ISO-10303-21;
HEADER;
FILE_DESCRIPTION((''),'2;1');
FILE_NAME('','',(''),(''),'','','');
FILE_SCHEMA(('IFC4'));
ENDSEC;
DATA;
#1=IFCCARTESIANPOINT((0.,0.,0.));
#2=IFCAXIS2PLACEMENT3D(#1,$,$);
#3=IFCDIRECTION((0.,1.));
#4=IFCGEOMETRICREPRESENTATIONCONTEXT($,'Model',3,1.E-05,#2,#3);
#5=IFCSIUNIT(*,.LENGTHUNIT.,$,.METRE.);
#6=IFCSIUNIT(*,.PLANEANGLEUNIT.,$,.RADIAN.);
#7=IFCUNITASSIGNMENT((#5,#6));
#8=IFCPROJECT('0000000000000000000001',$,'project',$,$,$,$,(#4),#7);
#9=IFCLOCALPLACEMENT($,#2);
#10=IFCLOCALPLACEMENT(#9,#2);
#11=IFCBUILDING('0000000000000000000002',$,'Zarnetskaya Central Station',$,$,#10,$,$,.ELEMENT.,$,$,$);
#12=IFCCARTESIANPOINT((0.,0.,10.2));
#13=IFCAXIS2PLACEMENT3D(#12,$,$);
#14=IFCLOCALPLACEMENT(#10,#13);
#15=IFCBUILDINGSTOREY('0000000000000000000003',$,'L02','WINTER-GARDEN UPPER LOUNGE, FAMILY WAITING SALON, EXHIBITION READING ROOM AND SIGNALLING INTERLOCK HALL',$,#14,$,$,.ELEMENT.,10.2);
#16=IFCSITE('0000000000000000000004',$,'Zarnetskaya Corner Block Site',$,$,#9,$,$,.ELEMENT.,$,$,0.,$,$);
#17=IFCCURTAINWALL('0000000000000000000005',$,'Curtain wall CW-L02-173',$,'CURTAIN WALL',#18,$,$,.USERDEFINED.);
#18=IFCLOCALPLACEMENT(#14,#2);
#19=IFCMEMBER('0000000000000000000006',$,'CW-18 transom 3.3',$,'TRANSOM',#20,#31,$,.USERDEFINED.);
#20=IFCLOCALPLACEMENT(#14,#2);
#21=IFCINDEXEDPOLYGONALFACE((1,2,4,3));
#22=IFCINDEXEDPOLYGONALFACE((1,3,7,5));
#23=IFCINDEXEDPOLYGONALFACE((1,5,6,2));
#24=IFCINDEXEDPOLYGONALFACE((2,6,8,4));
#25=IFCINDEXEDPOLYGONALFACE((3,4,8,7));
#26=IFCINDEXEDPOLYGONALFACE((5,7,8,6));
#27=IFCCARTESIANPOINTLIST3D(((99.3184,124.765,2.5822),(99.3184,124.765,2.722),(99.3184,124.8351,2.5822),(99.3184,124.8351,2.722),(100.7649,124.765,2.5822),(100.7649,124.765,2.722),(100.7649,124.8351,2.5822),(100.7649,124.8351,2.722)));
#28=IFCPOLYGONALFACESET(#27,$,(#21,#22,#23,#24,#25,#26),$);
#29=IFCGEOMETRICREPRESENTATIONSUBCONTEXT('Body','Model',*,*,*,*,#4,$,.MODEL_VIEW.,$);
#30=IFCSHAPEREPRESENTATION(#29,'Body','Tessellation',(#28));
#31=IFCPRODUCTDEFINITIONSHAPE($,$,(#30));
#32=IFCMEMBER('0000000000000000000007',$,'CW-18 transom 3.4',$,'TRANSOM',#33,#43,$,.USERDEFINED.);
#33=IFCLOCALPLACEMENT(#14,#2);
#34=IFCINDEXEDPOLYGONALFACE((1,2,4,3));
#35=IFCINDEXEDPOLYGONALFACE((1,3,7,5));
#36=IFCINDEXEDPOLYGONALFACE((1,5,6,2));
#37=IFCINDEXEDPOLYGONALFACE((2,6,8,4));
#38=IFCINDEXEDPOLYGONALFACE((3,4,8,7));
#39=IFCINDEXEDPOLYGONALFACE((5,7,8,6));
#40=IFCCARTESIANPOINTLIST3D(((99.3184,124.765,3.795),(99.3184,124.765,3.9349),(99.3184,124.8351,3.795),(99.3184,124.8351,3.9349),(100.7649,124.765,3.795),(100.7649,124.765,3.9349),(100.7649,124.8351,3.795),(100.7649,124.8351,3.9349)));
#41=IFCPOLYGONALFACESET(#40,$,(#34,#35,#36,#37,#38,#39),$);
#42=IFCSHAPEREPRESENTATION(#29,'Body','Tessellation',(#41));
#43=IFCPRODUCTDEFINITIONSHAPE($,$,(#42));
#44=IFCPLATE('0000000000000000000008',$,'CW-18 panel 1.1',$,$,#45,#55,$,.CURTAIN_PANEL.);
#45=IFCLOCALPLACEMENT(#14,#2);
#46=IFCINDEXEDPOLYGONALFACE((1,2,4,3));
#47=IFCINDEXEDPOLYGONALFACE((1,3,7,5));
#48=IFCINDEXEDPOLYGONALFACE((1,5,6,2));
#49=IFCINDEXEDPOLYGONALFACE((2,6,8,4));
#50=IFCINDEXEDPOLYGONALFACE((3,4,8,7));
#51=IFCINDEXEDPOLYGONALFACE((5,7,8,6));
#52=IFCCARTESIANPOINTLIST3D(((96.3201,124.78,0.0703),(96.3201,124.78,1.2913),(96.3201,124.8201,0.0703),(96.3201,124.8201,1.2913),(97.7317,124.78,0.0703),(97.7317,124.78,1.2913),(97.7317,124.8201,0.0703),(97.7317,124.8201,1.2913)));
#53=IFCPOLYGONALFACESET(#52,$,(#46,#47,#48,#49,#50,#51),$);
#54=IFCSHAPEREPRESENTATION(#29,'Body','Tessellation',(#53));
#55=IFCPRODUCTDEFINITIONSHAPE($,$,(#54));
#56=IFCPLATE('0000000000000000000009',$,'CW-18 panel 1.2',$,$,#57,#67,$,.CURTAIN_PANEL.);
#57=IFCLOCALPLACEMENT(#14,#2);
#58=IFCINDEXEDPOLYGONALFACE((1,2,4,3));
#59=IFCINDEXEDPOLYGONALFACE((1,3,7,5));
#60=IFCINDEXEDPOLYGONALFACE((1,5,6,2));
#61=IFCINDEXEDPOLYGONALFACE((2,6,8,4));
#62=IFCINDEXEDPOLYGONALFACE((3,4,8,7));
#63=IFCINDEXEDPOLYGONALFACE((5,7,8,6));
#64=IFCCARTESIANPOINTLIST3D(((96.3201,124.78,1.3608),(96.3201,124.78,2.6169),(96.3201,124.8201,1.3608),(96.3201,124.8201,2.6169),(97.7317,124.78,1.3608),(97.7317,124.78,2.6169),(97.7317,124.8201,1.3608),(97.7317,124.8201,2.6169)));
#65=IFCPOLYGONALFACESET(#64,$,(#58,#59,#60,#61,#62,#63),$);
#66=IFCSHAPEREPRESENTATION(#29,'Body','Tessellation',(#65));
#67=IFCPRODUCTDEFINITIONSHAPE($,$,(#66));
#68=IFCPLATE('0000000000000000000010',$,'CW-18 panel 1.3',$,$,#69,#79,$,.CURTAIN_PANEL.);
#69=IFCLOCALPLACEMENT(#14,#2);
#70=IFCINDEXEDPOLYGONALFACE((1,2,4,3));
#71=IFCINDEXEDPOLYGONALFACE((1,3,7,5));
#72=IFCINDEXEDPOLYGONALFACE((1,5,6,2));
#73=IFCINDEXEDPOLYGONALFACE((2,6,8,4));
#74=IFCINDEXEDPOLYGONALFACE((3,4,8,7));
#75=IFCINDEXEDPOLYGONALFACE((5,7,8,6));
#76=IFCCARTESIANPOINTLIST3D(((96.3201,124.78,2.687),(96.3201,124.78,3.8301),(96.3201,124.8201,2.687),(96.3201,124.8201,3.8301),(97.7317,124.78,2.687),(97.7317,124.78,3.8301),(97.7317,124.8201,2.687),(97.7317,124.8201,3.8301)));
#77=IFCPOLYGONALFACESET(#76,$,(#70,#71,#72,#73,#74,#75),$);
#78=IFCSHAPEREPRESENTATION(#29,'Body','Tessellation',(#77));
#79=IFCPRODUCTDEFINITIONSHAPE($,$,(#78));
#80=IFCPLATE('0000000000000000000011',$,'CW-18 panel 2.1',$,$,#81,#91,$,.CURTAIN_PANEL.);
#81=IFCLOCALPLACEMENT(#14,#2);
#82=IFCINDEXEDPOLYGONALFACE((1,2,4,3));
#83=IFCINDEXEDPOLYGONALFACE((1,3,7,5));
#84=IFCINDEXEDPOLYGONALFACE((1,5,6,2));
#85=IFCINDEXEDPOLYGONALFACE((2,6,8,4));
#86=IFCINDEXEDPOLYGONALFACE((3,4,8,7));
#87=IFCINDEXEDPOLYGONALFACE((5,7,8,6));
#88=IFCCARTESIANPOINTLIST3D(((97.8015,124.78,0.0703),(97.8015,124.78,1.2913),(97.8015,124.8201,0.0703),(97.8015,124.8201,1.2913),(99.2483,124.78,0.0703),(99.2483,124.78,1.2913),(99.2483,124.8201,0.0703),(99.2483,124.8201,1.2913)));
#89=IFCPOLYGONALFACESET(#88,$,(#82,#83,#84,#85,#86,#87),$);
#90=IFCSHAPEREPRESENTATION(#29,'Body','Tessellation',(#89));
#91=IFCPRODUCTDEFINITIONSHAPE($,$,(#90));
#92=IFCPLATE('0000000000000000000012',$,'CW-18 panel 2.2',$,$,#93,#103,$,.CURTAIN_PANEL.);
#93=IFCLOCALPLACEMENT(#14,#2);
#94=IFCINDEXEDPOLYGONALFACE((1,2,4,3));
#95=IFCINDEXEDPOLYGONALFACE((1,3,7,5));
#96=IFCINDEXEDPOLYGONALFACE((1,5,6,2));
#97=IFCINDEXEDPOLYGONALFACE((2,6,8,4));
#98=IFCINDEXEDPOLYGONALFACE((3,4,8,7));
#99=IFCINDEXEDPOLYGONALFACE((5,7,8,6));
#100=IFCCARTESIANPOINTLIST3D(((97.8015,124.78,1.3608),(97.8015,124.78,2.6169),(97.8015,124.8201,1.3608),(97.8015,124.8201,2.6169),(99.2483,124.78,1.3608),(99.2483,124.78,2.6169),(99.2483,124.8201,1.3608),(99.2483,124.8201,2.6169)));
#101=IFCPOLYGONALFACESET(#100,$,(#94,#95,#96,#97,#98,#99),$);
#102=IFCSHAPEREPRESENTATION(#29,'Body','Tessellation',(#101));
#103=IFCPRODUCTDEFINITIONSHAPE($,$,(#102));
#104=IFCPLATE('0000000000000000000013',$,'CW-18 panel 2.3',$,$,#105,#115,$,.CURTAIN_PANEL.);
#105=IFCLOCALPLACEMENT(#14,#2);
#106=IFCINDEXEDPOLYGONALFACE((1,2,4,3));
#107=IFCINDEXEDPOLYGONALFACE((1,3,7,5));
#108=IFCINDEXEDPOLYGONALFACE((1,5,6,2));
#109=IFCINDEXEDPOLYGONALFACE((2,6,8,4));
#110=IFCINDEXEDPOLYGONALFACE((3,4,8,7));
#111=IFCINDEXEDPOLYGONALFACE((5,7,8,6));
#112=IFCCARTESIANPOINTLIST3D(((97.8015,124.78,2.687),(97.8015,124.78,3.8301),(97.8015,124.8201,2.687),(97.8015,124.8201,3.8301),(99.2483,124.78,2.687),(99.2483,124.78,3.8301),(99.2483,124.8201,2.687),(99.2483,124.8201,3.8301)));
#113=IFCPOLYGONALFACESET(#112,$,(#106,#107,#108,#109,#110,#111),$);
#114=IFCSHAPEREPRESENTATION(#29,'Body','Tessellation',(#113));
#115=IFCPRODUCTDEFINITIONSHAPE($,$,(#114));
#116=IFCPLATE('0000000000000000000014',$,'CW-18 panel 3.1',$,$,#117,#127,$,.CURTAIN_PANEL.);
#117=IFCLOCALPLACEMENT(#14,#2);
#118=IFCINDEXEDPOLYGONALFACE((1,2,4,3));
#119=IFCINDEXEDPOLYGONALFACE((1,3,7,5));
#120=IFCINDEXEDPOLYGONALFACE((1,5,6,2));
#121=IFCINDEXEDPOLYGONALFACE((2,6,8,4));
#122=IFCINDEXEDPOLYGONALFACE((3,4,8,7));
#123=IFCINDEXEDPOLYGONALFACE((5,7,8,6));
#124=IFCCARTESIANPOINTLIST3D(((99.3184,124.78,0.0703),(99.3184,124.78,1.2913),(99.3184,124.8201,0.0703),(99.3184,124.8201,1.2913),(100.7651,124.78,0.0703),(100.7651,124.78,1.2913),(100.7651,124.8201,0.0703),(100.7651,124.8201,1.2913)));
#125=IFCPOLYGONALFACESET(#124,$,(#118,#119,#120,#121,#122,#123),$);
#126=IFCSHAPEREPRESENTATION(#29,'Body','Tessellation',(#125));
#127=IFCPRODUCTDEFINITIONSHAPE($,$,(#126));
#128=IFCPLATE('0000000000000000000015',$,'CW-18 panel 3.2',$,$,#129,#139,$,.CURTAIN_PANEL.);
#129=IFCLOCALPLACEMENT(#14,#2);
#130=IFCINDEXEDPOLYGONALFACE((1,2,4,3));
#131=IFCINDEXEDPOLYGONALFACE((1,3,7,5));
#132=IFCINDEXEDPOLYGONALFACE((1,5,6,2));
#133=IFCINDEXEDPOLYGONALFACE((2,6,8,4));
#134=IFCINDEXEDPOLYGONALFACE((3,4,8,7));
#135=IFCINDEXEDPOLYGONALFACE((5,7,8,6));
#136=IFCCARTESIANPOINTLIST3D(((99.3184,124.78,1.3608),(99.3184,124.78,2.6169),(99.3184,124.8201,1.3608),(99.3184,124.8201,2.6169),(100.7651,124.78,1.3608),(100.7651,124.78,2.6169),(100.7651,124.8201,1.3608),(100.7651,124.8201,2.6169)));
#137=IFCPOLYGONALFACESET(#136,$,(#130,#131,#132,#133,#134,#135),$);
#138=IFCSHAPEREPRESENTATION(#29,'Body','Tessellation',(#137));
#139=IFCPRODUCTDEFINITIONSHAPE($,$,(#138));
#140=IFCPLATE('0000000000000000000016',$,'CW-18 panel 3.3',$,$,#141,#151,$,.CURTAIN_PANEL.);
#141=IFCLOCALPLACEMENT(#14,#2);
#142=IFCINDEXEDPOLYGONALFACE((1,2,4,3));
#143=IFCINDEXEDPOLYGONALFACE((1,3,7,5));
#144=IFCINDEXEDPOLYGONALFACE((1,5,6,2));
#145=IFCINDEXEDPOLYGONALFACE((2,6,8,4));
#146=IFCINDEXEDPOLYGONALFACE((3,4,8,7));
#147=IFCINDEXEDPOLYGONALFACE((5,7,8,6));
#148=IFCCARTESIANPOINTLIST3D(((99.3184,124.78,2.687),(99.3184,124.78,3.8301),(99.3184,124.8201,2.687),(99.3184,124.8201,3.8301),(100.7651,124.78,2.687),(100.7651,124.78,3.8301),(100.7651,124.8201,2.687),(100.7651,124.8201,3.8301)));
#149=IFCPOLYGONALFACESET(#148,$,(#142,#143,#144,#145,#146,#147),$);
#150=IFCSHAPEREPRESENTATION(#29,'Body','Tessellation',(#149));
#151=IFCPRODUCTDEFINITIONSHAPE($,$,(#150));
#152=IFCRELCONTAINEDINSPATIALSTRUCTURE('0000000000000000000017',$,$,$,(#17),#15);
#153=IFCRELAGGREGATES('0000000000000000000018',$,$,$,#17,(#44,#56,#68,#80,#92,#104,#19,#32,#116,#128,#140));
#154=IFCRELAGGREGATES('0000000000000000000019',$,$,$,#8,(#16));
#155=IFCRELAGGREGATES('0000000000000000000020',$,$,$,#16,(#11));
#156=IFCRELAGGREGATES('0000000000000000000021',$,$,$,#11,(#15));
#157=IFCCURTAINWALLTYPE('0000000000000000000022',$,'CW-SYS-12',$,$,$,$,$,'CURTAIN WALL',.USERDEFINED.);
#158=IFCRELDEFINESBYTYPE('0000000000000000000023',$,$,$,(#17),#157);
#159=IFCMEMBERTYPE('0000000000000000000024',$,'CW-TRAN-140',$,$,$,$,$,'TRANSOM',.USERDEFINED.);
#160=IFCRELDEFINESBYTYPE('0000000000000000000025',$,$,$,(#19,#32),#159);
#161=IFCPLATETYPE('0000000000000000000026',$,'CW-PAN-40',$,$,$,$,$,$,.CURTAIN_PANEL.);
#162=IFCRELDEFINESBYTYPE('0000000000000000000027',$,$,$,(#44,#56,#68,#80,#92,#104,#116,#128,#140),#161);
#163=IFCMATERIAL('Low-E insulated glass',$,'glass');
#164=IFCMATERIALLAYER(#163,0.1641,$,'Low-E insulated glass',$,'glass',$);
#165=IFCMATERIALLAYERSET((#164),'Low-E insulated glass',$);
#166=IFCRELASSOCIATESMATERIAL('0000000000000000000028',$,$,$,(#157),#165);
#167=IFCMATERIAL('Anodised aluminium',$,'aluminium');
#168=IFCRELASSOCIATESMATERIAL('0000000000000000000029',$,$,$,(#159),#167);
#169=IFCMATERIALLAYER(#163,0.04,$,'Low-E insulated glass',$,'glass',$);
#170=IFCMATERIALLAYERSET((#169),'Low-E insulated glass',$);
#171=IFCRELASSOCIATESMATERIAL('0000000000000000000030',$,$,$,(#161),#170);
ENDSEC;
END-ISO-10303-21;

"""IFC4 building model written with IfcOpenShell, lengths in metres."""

from ifc_helpers import new_model, si_unit, direction, frame, origin, origin_2d, place, context, subcontext, project, spatial, rectangle, extrude, material, layer, layer_set, material_profile, profile_set, type_object, element, aggregate, save


model = new_model("IFC4")

# Units and contexts
model_context = context("Model", 3, precision=1e-05, world=origin(), true_north=direction((0.0, 1.0)))
body_context = subcontext(model_context, "Body", "Model", "MODEL_VIEW")
ifc_project = project(units=[si_unit("LENGTHUNIT", "METRE"), si_unit("PLANEANGLEUNIT", "RADIAN")], contexts=[model_context])

# Site, building, storey
site_placement = place(None, origin())
site = spatial("IfcSite", under=ifc_project, at=site_placement, Name="Zarnetskaya Corner Block Site", CompositionType="ELEMENT", RefElevation=0.0)
building_placement = place(site_placement, origin())
building = spatial("IfcBuilding", under=site, at=building_placement, Name="Zarnetskaya Central Station", CompositionType="ELEMENT")
storey_placement = place(building_placement, frame((0.0, 0.0, 10.2)))
storey = spatial("IfcBuildingStorey", under=building, at=storey_placement, Name="L02", Description="WINTER-GARDEN UPPER LOUNGE, FAMILY WAITING SALON, EXHIBITION READING ROOM AND SIGNALLING INTERLOCK HALL", CompositionType="ELEMENT", Elevation=10.2)

# Curtain wall, members, plates
ifc_material_1 = material(Name="Low-E insulated glass", Category="glass")
ifc_layer_1 = layer(ifc_material_1, 0.1641, Name="Low-E insulated glass", Category="glass")
ifc_layer_set_1 = layer_set([ifc_layer_1], Name="Low-E insulated glass")
curtain_wall_type = type_object("IfcCurtainWallType", Name="CW-SYS-12", ElementType="CURTAIN WALL", PredefinedType="USERDEFINED", material=ifc_layer_set_1)
curtain_wall_placement = place(storey_placement, origin())
curtain_wall = element("IfcCurtainWall", 1, at=curtain_wall_placement, inside=storey, type_object=curtain_wall_type, Name="Curtain wall CW-L02-173", ObjectType="CURTAIN WALL", PredefinedType="USERDEFINED")
ifc_material_2 = material(Name="Anodised aluminium", Category="aluminium")
ifc_material_profile_1 = material_profile(ifc_material_2, rectangle(XDim=0.0701, YDim=0.1399, at=origin_2d()), Name="ALU TRAN 70x140")
ifc_profile_set_1 = profile_set([ifc_material_profile_1], Name="Anodised aluminium")
member_type_1 = type_object("IfcMemberType", Name="CW-TRAN-140", ElementType="TRANSOM", PredefinedType="USERDEFINED", material=ifc_profile_set_1)
member_1_placement = place(storey_placement, frame((99.3184, 124.8, 2.6521), z_axis=(1.0, 0.0, 0.0), x_axis=(0.0, 1.0, 0.0)))
member_1 = element("IfcMember", 2, at=member_1_placement, type_object=member_type_1, Name="CW-18 transom 3.3", ObjectType="TRANSOM", PredefinedType="USERDEFINED", context=body_context, shape_type="SweptSolid", body=[
    extrude(rectangle(XDim=0.0701, YDim=0.1399, at=origin_2d()), origin(), (0.0, 0.0, 1.0), 1.4465),
])
member_2_placement = place(storey_placement, frame((99.3184, 124.8, 3.865), z_axis=(1.0, 0.0, 0.0), x_axis=(0.0, 1.0, 0.0)))
member_2 = element("IfcMember", 3, at=member_2_placement, type_object=member_type_1, Name="CW-18 transom 3.4", ObjectType="TRANSOM", PredefinedType="USERDEFINED", context=body_context, shape_type="SweptSolid", body=[
    extrude(rectangle(XDim=0.0701, YDim=0.1399, at=origin_2d()), origin(), (0.0, 0.0, 1.0), 1.4465),
])
ifc_layer_2 = layer(ifc_material_1, 0.04, Name="Low-E insulated glass", Category="glass")
ifc_layer_set_2 = layer_set([ifc_layer_2], Name="Low-E insulated glass")
plate_type = type_object("IfcPlateType", Name="CW-PAN-40", PredefinedType="CURTAIN_PANEL", material=ifc_layer_set_2)
plate_1_placement = place(storey_placement, frame((97.0259, 124.8, 0.0703), z_axis=(0.0, 0.0, 1.0), x_axis=(1.0, 0.0, 0.0)))
plate_1 = element("IfcPlate", 4, at=plate_1_placement, type_object=plate_type, Name="CW-18 panel 1.1", PredefinedType="CURTAIN_PANEL", context=body_context, shape_type="SweptSolid", body=[
    extrude(rectangle(XDim=1.4116, YDim=0.04, at=origin_2d()), origin(), (0.0, 0.0, 1.0), 1.2209),
])
plate_2_placement = place(storey_placement, frame((97.0259, 124.8, 1.3608), z_axis=(0.0, 0.0, 1.0), x_axis=(1.0, 0.0, 0.0)))
plate_2 = element("IfcPlate", 5, at=plate_2_placement, type_object=plate_type, Name="CW-18 panel 1.2", PredefinedType="CURTAIN_PANEL", context=body_context, shape_type="SweptSolid", body=[
    extrude(rectangle(XDim=1.4116, YDim=0.04, at=origin_2d()), origin(), (0.0, 0.0, 1.0), 1.2561),
])
plate_3_placement = place(storey_placement, frame((97.0259, 124.8, 2.687), z_axis=(0.0, 0.0, 1.0), x_axis=(1.0, 0.0, 0.0)))
plate_3 = element("IfcPlate", 6, at=plate_3_placement, type_object=plate_type, Name="CW-18 panel 1.3", PredefinedType="CURTAIN_PANEL", context=body_context, shape_type="SweptSolid", body=[
    extrude(rectangle(XDim=1.4116, YDim=0.04, at=origin_2d()), origin(), (0.0, 0.0, 1.0), 1.1431),
])
plate_4_placement = place(storey_placement, frame((98.5249, 124.8, 0.0703), z_axis=(0.0, 0.0, 1.0), x_axis=(1.0, 0.0, 0.0)))
plate_4 = element("IfcPlate", 7, at=plate_4_placement, type_object=plate_type, Name="CW-18 panel 2.1", PredefinedType="CURTAIN_PANEL", context=body_context, shape_type="SweptSolid", body=[
    extrude(rectangle(XDim=1.4468, YDim=0.04, at=origin_2d()), origin(), (0.0, 0.0, 1.0), 1.2209),
])
plate_5_placement = place(storey_placement, frame((98.5249, 124.8, 1.3608), z_axis=(0.0, 0.0, 1.0), x_axis=(1.0, 0.0, 0.0)))
plate_5 = element("IfcPlate", 8, at=plate_5_placement, type_object=plate_type, Name="CW-18 panel 2.2", PredefinedType="CURTAIN_PANEL", context=body_context, shape_type="SweptSolid", body=[
    extrude(rectangle(XDim=1.4468, YDim=0.04, at=origin_2d()), origin(), (0.0, 0.0, 1.0), 1.2561),
])
plate_6_placement = place(storey_placement, frame((98.5249, 124.8, 2.687), z_axis=(0.0, 0.0, 1.0), x_axis=(1.0, 0.0, 0.0)))
plate_6 = element("IfcPlate", 9, at=plate_6_placement, type_object=plate_type, Name="CW-18 panel 2.3", PredefinedType="CURTAIN_PANEL", context=body_context, shape_type="SweptSolid", body=[
    extrude(rectangle(XDim=1.4468, YDim=0.04, at=origin_2d()), origin(), (0.0, 0.0, 1.0), 1.1431),
])
plate_7_placement = place(storey_placement, frame((100.0417, 124.8, 0.0703), z_axis=(0.0, 0.0, 1.0), x_axis=(1.0, 0.0, 0.0)))
plate_7 = element("IfcPlate", 10, at=plate_7_placement, type_object=plate_type, Name="CW-18 panel 3.1", PredefinedType="CURTAIN_PANEL", context=body_context, shape_type="SweptSolid", body=[
    extrude(rectangle(XDim=1.4468, YDim=0.04, at=origin_2d()), origin(), (0.0, 0.0, 1.0), 1.2209),
])
plate_8_placement = place(storey_placement, frame((100.0417, 124.8, 1.3608), z_axis=(0.0, 0.0, 1.0), x_axis=(1.0, 0.0, 0.0)))
plate_8 = element("IfcPlate", 11, at=plate_8_placement, type_object=plate_type, Name="CW-18 panel 3.2", PredefinedType="CURTAIN_PANEL", context=body_context, shape_type="SweptSolid", body=[
    extrude(rectangle(XDim=1.4468, YDim=0.04, at=origin_2d()), origin(), (0.0, 0.0, 1.0), 1.2561),
])
plate_9_placement = place(storey_placement, frame((100.0417, 124.8, 2.687), z_axis=(0.0, 0.0, 1.0), x_axis=(1.0, 0.0, 0.0)))
plate_9 = element("IfcPlate", 12, at=plate_9_placement, type_object=plate_type, Name="CW-18 panel 3.3", PredefinedType="CURTAIN_PANEL", context=body_context, shape_type="SweptSolid", body=[
    extrude(rectangle(XDim=1.4468, YDim=0.04, at=origin_2d()), origin(), (0.0, 0.0, 1.0), 1.1431),
])
aggregate(curtain_wall, [plate_1, plate_2, plate_3, plate_4, plate_5, plate_6, member_1, member_2, plate_7, plate_8, plate_9])

save(model, "model.ifc")
